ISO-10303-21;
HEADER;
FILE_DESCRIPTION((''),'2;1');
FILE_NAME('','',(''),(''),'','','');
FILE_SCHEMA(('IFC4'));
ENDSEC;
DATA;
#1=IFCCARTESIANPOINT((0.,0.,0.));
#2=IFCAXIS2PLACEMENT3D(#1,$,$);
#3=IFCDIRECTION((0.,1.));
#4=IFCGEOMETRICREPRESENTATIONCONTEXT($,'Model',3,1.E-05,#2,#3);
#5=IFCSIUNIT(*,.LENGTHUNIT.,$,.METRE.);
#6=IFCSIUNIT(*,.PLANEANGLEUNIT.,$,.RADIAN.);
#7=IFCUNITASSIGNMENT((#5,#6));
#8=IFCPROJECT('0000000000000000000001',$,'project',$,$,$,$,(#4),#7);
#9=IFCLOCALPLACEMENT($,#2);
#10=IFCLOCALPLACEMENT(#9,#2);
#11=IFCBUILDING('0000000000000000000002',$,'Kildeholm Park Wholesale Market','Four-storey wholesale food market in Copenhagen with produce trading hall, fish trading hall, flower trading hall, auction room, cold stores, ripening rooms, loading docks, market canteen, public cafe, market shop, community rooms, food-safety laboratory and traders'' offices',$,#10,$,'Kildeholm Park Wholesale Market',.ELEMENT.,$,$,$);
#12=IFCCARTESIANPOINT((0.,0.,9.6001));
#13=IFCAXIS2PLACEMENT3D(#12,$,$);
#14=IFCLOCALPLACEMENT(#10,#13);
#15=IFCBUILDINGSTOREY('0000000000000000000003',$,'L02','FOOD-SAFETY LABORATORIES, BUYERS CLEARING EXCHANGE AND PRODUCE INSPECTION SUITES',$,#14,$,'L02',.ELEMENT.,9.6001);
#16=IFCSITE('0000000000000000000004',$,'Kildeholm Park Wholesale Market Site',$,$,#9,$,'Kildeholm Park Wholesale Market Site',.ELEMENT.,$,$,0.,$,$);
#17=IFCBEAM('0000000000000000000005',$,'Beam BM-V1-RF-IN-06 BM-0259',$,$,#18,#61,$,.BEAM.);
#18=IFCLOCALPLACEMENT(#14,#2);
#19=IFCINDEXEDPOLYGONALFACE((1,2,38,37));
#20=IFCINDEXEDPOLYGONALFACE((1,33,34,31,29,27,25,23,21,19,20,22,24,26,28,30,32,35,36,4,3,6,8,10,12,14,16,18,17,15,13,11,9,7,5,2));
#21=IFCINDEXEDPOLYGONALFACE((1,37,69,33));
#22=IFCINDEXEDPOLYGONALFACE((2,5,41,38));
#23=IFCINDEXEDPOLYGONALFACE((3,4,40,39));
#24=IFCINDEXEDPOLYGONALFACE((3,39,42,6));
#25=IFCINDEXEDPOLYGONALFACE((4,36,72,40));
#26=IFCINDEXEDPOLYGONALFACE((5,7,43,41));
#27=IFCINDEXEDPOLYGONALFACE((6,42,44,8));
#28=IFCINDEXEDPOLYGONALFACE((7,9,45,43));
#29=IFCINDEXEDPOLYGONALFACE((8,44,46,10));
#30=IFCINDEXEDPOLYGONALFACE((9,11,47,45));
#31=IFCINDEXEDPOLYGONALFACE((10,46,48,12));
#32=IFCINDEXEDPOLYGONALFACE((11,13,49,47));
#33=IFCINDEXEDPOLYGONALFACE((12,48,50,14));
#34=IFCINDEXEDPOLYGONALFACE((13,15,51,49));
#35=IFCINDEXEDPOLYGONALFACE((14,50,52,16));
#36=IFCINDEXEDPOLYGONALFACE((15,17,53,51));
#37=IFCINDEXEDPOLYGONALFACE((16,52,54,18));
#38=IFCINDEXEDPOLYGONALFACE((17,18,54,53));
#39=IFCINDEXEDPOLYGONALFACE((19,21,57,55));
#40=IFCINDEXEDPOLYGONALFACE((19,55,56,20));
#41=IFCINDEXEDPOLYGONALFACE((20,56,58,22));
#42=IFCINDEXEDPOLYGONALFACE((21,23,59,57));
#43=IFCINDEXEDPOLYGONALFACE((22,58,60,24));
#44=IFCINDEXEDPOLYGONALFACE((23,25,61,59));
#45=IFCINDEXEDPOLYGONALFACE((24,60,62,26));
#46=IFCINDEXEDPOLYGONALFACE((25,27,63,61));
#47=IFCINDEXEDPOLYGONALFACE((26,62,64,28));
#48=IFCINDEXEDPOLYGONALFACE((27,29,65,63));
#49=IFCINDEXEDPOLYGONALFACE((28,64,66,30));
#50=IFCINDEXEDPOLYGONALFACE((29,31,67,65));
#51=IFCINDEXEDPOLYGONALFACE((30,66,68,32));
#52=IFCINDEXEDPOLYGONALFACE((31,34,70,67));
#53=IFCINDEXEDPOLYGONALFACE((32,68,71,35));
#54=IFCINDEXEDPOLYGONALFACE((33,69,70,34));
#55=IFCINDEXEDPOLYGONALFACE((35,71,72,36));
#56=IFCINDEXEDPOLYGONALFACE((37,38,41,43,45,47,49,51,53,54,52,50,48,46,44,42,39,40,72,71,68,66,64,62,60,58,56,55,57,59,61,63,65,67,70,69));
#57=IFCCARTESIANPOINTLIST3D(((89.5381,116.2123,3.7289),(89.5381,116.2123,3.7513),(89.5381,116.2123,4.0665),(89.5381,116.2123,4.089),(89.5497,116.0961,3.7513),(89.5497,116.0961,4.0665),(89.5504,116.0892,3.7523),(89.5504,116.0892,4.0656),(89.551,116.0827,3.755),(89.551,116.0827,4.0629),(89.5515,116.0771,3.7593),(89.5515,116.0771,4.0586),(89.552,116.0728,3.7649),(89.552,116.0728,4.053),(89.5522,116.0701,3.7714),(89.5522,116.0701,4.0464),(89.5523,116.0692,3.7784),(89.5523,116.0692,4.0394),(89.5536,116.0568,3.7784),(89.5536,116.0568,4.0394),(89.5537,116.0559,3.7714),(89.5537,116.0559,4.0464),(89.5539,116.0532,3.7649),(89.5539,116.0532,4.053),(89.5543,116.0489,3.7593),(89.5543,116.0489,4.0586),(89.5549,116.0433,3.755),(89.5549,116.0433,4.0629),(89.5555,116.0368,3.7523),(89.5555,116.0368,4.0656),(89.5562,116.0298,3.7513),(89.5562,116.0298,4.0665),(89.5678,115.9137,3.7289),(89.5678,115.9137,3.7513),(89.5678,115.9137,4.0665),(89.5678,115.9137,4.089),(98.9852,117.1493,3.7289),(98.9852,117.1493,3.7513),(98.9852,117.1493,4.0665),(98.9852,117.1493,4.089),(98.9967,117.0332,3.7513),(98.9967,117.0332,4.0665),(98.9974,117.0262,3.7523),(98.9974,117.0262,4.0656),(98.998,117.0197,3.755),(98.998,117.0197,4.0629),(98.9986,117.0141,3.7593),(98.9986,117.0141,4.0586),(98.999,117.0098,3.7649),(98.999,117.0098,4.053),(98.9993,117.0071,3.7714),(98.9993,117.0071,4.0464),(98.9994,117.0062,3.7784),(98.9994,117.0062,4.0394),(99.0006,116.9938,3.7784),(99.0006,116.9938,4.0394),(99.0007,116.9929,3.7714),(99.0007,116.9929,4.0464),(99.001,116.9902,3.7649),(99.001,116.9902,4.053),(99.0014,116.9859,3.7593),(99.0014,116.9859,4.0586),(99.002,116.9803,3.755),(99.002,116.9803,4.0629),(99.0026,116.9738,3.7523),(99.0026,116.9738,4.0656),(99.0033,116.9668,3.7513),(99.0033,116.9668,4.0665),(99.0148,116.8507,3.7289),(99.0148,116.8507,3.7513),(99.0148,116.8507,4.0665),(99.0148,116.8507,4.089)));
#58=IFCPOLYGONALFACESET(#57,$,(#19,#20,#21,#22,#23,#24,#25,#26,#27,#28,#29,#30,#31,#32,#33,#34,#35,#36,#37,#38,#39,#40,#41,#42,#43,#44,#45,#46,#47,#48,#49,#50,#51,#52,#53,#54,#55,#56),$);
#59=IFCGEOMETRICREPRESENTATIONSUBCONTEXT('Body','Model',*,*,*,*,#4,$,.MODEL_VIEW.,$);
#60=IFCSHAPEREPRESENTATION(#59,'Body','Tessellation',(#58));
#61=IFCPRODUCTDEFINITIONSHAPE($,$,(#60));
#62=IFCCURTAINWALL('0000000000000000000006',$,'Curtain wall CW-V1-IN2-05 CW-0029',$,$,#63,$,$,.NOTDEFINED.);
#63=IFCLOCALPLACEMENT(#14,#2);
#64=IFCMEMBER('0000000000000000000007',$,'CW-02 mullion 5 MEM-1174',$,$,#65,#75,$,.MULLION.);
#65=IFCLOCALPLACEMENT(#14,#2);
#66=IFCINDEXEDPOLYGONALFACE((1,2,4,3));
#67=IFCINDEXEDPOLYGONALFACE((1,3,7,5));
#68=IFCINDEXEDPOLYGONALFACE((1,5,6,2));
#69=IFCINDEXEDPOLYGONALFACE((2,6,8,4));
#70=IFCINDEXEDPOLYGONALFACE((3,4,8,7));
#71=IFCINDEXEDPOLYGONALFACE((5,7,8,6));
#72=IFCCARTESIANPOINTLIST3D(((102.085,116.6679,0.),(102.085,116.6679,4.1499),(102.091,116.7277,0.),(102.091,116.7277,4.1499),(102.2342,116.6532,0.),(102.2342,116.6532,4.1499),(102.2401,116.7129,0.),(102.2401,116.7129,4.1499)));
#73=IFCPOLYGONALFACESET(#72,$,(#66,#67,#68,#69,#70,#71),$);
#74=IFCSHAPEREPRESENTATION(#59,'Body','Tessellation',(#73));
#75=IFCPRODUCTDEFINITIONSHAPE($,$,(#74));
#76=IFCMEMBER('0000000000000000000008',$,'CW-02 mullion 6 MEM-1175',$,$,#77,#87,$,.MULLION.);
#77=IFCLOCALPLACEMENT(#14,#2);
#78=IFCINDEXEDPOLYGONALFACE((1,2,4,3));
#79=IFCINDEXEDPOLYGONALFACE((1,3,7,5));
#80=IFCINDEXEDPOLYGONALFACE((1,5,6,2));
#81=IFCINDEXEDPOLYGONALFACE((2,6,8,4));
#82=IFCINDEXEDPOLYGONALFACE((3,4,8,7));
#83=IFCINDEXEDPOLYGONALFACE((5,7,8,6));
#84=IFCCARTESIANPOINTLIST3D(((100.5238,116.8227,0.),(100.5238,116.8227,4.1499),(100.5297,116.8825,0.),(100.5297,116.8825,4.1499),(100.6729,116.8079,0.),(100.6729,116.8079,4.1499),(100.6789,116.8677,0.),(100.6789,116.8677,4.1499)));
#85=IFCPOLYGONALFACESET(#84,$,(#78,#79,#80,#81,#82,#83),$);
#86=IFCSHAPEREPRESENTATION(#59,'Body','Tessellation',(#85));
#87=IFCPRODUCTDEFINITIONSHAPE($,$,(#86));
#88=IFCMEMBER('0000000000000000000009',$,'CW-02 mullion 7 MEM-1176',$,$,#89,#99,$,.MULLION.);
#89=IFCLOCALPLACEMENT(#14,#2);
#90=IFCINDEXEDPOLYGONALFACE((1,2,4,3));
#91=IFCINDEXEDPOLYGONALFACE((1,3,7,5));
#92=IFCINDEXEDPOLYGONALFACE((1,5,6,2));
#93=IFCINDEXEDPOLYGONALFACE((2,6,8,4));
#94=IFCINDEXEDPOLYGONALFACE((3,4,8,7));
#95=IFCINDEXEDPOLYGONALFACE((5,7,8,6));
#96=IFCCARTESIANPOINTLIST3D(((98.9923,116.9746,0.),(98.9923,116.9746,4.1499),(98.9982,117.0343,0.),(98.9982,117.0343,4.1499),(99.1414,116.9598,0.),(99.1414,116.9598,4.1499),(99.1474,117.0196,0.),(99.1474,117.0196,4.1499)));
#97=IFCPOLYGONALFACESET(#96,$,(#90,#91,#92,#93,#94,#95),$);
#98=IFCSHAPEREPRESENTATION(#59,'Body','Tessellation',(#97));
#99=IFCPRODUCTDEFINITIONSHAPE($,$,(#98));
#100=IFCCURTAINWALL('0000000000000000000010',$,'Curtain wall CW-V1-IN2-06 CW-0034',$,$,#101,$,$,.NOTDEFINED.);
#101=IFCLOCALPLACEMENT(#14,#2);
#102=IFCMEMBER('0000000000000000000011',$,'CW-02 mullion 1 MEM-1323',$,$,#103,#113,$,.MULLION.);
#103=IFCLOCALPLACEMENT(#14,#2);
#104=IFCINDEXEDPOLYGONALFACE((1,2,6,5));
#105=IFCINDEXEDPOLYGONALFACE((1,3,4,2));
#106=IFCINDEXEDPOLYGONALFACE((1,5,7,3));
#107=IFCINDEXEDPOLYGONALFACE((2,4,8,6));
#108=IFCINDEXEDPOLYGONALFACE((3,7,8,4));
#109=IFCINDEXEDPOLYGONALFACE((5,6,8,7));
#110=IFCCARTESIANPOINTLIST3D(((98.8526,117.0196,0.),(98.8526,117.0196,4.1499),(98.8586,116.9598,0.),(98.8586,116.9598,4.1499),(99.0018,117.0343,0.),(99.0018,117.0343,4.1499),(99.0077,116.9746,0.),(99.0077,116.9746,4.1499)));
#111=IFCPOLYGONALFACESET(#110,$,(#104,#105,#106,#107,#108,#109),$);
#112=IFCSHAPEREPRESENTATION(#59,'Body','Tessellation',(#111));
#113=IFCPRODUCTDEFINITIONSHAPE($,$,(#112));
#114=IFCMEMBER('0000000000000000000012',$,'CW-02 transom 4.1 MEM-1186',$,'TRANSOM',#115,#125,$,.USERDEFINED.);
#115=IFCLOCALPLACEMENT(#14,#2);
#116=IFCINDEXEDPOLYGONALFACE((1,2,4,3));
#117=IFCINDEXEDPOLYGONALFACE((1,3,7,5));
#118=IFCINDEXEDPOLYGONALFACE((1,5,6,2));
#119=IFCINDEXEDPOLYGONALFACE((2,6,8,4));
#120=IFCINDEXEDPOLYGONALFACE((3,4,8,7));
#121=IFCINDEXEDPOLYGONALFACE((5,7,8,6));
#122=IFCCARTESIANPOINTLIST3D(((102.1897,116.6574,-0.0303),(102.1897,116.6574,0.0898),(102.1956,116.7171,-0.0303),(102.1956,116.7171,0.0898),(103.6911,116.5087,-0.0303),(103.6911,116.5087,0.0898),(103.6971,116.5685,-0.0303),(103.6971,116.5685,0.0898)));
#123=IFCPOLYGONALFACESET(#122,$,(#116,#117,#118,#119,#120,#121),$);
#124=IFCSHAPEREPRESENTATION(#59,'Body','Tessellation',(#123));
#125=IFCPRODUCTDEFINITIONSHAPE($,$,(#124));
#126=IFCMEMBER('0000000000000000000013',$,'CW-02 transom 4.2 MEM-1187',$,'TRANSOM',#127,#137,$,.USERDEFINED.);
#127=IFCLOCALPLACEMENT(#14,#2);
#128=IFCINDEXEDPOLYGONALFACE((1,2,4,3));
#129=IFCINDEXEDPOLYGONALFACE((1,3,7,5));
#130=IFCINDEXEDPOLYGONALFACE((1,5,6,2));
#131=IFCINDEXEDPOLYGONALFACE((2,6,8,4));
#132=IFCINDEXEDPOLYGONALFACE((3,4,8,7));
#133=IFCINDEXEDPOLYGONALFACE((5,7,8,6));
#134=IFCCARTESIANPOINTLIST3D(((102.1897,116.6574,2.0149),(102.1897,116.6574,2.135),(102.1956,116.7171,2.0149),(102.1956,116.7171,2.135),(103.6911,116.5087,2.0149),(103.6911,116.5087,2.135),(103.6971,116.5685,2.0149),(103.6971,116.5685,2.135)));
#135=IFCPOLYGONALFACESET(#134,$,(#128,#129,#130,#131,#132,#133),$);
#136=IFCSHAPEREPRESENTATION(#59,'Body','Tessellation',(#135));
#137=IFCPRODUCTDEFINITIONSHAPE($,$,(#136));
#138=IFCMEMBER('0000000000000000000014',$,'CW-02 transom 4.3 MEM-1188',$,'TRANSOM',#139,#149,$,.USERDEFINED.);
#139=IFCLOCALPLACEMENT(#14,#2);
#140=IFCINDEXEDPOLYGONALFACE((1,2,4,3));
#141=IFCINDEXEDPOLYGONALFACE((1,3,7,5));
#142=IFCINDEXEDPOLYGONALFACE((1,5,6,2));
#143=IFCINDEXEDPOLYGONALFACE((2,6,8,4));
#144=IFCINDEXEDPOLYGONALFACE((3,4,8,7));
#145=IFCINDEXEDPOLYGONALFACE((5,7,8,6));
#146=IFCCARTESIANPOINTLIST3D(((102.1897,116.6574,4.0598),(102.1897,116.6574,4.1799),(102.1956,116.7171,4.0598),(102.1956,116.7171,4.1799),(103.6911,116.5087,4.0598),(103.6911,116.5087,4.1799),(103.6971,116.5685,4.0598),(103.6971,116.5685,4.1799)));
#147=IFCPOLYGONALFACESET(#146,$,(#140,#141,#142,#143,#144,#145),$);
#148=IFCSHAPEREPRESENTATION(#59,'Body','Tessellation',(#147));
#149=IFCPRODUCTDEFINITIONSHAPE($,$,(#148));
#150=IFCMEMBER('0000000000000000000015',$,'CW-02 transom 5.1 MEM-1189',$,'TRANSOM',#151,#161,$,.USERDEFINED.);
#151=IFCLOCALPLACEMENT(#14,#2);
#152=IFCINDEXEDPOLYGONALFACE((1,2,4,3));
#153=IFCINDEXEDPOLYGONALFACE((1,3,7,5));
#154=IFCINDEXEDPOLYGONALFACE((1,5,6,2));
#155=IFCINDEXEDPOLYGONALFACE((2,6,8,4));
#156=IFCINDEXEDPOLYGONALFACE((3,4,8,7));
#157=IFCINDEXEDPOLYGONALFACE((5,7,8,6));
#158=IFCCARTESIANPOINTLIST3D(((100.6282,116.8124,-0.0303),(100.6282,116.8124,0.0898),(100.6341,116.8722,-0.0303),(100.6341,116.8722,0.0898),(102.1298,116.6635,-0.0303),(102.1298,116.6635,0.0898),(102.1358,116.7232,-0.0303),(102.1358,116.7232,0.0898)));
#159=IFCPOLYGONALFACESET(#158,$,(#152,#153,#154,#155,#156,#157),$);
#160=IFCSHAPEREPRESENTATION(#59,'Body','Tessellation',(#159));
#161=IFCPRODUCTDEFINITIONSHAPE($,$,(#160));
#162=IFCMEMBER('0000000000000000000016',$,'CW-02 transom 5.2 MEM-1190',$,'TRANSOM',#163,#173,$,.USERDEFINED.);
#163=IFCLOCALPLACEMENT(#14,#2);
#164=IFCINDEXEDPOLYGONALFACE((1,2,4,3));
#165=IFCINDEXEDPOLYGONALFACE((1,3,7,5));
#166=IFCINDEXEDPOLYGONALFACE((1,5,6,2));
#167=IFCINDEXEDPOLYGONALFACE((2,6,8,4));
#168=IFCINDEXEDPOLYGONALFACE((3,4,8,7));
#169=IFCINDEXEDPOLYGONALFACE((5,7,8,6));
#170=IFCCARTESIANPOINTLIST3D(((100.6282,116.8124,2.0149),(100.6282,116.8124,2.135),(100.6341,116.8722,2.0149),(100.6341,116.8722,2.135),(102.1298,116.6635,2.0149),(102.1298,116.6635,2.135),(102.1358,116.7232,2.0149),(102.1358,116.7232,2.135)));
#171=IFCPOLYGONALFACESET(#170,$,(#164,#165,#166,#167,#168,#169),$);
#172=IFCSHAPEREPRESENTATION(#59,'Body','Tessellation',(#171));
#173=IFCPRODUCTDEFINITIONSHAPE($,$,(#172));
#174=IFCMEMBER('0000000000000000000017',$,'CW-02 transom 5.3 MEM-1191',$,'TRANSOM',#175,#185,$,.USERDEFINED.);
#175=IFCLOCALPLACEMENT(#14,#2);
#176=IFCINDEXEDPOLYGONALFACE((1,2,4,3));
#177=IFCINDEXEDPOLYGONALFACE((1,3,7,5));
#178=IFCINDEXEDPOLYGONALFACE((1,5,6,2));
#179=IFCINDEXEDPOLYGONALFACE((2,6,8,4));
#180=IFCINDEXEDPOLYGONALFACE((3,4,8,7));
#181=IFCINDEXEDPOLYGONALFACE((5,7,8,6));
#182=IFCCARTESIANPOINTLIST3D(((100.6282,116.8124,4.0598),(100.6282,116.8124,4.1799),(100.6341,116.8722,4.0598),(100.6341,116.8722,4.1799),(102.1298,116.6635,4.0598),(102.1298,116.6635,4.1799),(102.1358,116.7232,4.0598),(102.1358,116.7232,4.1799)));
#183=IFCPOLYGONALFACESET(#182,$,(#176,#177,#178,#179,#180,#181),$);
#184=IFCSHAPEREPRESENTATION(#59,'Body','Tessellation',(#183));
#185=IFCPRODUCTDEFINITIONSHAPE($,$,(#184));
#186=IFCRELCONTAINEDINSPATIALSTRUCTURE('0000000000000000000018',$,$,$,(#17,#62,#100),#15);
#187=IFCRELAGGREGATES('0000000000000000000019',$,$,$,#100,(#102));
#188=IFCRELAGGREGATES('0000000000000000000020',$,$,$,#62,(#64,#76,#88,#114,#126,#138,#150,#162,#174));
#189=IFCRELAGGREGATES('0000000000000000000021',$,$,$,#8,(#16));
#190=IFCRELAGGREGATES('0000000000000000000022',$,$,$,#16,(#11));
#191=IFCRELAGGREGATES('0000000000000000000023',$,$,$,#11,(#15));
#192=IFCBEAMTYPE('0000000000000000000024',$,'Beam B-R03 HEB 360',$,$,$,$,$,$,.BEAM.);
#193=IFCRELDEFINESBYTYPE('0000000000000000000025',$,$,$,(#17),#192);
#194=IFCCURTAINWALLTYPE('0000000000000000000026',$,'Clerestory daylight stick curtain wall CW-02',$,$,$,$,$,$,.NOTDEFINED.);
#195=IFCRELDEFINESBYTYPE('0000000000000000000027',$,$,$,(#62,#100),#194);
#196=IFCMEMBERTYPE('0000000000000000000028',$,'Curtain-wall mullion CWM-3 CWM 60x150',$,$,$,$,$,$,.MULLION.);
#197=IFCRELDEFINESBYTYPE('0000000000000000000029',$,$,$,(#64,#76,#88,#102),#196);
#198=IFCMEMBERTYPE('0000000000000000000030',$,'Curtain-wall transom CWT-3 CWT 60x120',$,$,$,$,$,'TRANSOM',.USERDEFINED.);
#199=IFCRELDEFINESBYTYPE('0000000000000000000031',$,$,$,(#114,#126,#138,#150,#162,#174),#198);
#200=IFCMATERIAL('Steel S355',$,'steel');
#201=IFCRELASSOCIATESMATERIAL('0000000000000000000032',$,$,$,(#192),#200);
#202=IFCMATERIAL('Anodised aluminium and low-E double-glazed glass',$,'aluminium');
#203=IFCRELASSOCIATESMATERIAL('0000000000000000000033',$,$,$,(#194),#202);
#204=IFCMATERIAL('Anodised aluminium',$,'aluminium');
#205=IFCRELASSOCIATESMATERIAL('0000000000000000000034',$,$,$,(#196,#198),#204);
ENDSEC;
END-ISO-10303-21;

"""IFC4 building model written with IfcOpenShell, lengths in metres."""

from ifc_helpers import new_model, si_unit, direction, frame, origin, origin_2d, place, context, subcontext, project, spatial, rectangle, i_section, extrude, material, material_profile, profile_set, type_object, element, aggregate, save


model = new_model("IFC4")

# Units and contexts
model_context = context("Model", 3, precision=1e-05, world=origin(), true_north=direction((0.0, 1.0)))
body_context = subcontext(model_context, "Body", "Model", "MODEL_VIEW")
ifc_project = project(units=[si_unit("LENGTHUNIT", "METRE"), si_unit("PLANEANGLEUNIT", "RADIAN")], contexts=[model_context])

# Site, building, storey
site_placement = place(None, origin())
site = spatial("IfcSite", under=ifc_project, at=site_placement, Name="Kildeholm Park Wholesale Market Site", LongName="Kildeholm Park Wholesale Market Site", CompositionType="ELEMENT", RefElevation=0.0)
building_placement = place(site_placement, origin())
building = spatial("IfcBuilding", under=site, at=building_placement, Name="Kildeholm Park Wholesale Market", Description="Four-storey wholesale food market in Copenhagen with produce trading hall, fish trading hall, flower trading hall, auction room, cold stores, ripening rooms, loading docks, market canteen, public cafe, market shop, community rooms, food-safety laboratory and traders' offices", LongName="Kildeholm Park Wholesale Market", CompositionType="ELEMENT")
storey_placement = place(building_placement, frame((0.0, 0.0, 9.6001)))
storey = spatial("IfcBuildingStorey", under=building, at=storey_placement, Name="L02", Description="FOOD-SAFETY LABORATORIES, BUYERS CLEARING EXCHANGE AND PRODUCE INSPECTION SUITES", LongName="L02", CompositionType="ELEMENT", Elevation=9.6001)

# Shared definitions
ifc_material_1 = material(Name="Steel S355", Category="steel")

# Beam
ifc_material_profile_1 = material_profile(ifc_material_1, i_section(OverallWidth=0.3, OverallDepth=0.3601, WebThickness=0.0125, FlangeThickness=0.0225, FilletRadius=0.0271, at=origin_2d()), Name="HEB 360")
ifc_profile_set_1 = profile_set([ifc_material_profile_1], Name="Steel S355")
beam_type_1 = type_object("IfcBeamType", Name="Beam B-R03 HEB 360", PredefinedType="BEAM", material=ifc_profile_set_1)
beam_1_placement = place(storey_placement, frame((99.0, 117.0, 3.9089), z_axis=(-0.995117, -0.098702, 0.0), x_axis=(0.098702, -0.995117, 0.0)))
element("IfcBeam", 1, at=beam_1_placement, inside=storey, type_object=beam_type_1, Name="Beam BM-V1-RF-IN-06 BM-0259", PredefinedType="BEAM", context=body_context, shape_type="SweptSolid", body=[
    extrude(i_section(OverallWidth=0.3, OverallDepth=0.3601, WebThickness=0.0125, FlangeThickness=0.0225, FilletRadius=0.0271, at=origin_2d()), origin(), (0.0, 0.0, 1.0), 9.4934),
])

# Curtain wall, members
ifc_material_2 = material(Name="Anodised aluminium and low-E double-glazed glass", Category="aluminium")
curtain_wall_type = type_object("IfcCurtainWallType", Name="Clerestory daylight stick curtain wall CW-02", PredefinedType="NOTDEFINED", material=ifc_material_2)
curtain_wall_1_placement = place(storey_placement, origin())
curtain_wall_1 = element("IfcCurtainWall", 2, at=curtain_wall_1_placement, inside=storey, type_object=curtain_wall_type, Name="Curtain wall CW-V1-IN2-05 CW-0029", PredefinedType="NOTDEFINED")
ifc_material_3 = material(Name="Anodised aluminium", Category="aluminium")
ifc_material_profile_2 = material_profile(ifc_material_3, rectangle(XDim=0.0601, YDim=0.1499, at=origin_2d()), Name="CWM 60x150")
ifc_profile_set_2 = profile_set([ifc_material_profile_2], Name="Anodised aluminium")
member_type_1 = type_object("IfcMemberType", Name="Curtain-wall mullion CWM-3 CWM 60x150", PredefinedType="MULLION", material=ifc_profile_set_2)
member_1_placement = place(storey_placement, frame((102.1626, 116.6904, 0.0), z_axis=(0.0, 0.0, 1.0), x_axis=(-0.098683, -0.995119, 0.0)))
member_1 = element("IfcMember", 3, at=member_1_placement, type_object=member_type_1, Name="CW-02 mullion 5 MEM-1174", PredefinedType="MULLION", context=body_context, shape_type="SweptSolid", body=[
    extrude(rectangle(XDim=0.0601, YDim=0.1499, at=origin_2d()), origin(), (0.0, 0.0, 1.0), 4.1499),
])
member_2_placement = place(storey_placement, frame((100.6013, 116.8452, 0.0), z_axis=(0.0, 0.0, 1.0), x_axis=(-0.098683, -0.995119, 0.0)))
member_2 = element("IfcMember", 4, at=member_2_placement, type_object=member_type_1, Name="CW-02 mullion 6 MEM-1175", PredefinedType="MULLION", context=body_context, shape_type="SweptSolid", body=[
    extrude(rectangle(XDim=0.0601, YDim=0.1499, at=origin_2d()), origin(), (0.0, 0.0, 1.0), 4.1499),
])
member_3_placement = place(storey_placement, frame((99.0698, 116.9971, 0.0), z_axis=(0.0, 0.0, 1.0), x_axis=(-0.098683, -0.995119, 0.0)))
member_3 = element("IfcMember", 5, at=member_3_placement, type_object=member_type_1, Name="CW-02 mullion 7 MEM-1176", PredefinedType="MULLION", context=body_context, shape_type="SweptSolid", body=[
    extrude(rectangle(XDim=0.0601, YDim=0.1499, at=origin_2d()), origin(), (0.0, 0.0, 1.0), 4.1499),
])

# Curtain wall, member
curtain_wall_2_placement = place(storey_placement, origin())
curtain_wall_2 = element("IfcCurtainWall", 6, at=curtain_wall_2_placement, inside=storey, type_object=curtain_wall_type, Name="Curtain wall CW-V1-IN2-06 CW-0034", PredefinedType="NOTDEFINED")
member_4_placement = place(storey_placement, frame((98.9302, 116.9971, 0.0), z_axis=(0.0, 0.0, 1.0), x_axis=(0.098683, -0.995119, 0.0)))
member_4 = element("IfcMember", 7, at=member_4_placement, type_object=member_type_1, Name="CW-02 mullion 1 MEM-1323", PredefinedType="MULLION", context=body_context, shape_type="SweptSolid", body=[
    extrude(rectangle(XDim=0.0601, YDim=0.1499, at=origin_2d()), origin(), (0.0, 0.0, 1.0), 4.1499),
])

# Members
ifc_material_profile_3 = material_profile(ifc_material_3, rectangle(XDim=0.0601, YDim=0.1201, at=origin_2d()), Name="CWT 60x120")
ifc_profile_set_3 = profile_set([ifc_material_profile_3], Name="Anodised aluminium")
member_type_2 = type_object("IfcMemberType", Name="Curtain-wall transom CWT-3 CWT 60x120", ElementType="TRANSOM", PredefinedType="USERDEFINED", material=ifc_profile_set_3)
member_5_placement = place(storey_placement, frame((103.6941, 116.5386, 0.0298), z_axis=(-0.995133, 0.098542, 0.0), x_axis=(-0.098542, -0.995133, 0.0)))
member_5 = element("IfcMember", 8, at=member_5_placement, type_object=member_type_2, Name="CW-02 transom 4.1 MEM-1186", ObjectType="TRANSOM", PredefinedType="USERDEFINED", context=body_context, shape_type="SweptSolid", body=[
    extrude(rectangle(XDim=0.0601, YDim=0.1201, at=origin_2d()), origin(), (0.0, 0.0, 1.0), 1.5088),
])
member_6_placement = place(storey_placement, frame((103.6941, 116.5386, 2.075), z_axis=(-0.995133, 0.098542, 0.0), x_axis=(-0.098542, -0.995133, 0.0)))
member_6 = element("IfcMember", 9, at=member_6_placement, type_object=member_type_2, Name="CW-02 transom 4.2 MEM-1187", ObjectType="TRANSOM", PredefinedType="USERDEFINED", context=body_context, shape_type="SweptSolid", body=[
    extrude(rectangle(XDim=0.0601, YDim=0.1201, at=origin_2d()), origin(), (0.0, 0.0, 1.0), 1.5088),
])
member_7_placement = place(storey_placement, frame((103.6941, 116.5386, 4.1199), z_axis=(-0.995133, 0.098542, 0.0), x_axis=(-0.098542, -0.995133, 0.0)))
member_7 = element("IfcMember", 10, at=member_7_placement, type_object=member_type_2, Name="CW-02 transom 4.3 MEM-1188", ObjectType="TRANSOM", PredefinedType="USERDEFINED", context=body_context, shape_type="SweptSolid", body=[
    extrude(rectangle(XDim=0.0601, YDim=0.1201, at=origin_2d()), origin(), (0.0, 0.0, 1.0), 1.5088),
])
member_8_placement = place(storey_placement, frame((102.1328, 116.6934, 0.0298), z_axis=(-0.995119, 0.098687, 0.0), x_axis=(-0.098687, -0.995119, 0.0)))
member_8 = element("IfcMember", 11, at=member_8_placement, type_object=member_type_2, Name="CW-02 transom 5.1 MEM-1189", ObjectType="TRANSOM", PredefinedType="USERDEFINED", context=body_context, shape_type="SweptSolid", body=[
    extrude(rectangle(XDim=0.0601, YDim=0.1201, at=origin_2d()), origin(), (0.0, 0.0, 1.0), 1.509),
])
member_9_placement = place(storey_placement, frame((102.1328, 116.6934, 2.075), z_axis=(-0.995119, 0.098687, 0.0), x_axis=(-0.098687, -0.995119, 0.0)))
member_9 = element("IfcMember", 12, at=member_9_placement, type_object=member_type_2, Name="CW-02 transom 5.2 MEM-1190", ObjectType="TRANSOM", PredefinedType="USERDEFINED", context=body_context, shape_type="SweptSolid", body=[
    extrude(rectangle(XDim=0.0601, YDim=0.1201, at=origin_2d()), origin(), (0.0, 0.0, 1.0), 1.509),
])
member_10_placement = place(storey_placement, frame((102.1328, 116.6934, 4.1199), z_axis=(-0.995119, 0.098687, 0.0), x_axis=(-0.098687, -0.995119, 0.0)))
member_10 = element("IfcMember", 13, at=member_10_placement, type_object=member_type_2, Name="CW-02 transom 5.3 MEM-1191", ObjectType="TRANSOM", PredefinedType="USERDEFINED", context=body_context, shape_type="SweptSolid", body=[
    extrude(rectangle(XDim=0.0601, YDim=0.1201, at=origin_2d()), origin(), (0.0, 0.0, 1.0), 1.509),
])
aggregate(curtain_wall_2, [member_4])

aggregate(curtain_wall_1, [member_1, member_2, member_3, member_5, member_6, member_7, member_8, member_9, member_10])

save(model, "model.ifc")
